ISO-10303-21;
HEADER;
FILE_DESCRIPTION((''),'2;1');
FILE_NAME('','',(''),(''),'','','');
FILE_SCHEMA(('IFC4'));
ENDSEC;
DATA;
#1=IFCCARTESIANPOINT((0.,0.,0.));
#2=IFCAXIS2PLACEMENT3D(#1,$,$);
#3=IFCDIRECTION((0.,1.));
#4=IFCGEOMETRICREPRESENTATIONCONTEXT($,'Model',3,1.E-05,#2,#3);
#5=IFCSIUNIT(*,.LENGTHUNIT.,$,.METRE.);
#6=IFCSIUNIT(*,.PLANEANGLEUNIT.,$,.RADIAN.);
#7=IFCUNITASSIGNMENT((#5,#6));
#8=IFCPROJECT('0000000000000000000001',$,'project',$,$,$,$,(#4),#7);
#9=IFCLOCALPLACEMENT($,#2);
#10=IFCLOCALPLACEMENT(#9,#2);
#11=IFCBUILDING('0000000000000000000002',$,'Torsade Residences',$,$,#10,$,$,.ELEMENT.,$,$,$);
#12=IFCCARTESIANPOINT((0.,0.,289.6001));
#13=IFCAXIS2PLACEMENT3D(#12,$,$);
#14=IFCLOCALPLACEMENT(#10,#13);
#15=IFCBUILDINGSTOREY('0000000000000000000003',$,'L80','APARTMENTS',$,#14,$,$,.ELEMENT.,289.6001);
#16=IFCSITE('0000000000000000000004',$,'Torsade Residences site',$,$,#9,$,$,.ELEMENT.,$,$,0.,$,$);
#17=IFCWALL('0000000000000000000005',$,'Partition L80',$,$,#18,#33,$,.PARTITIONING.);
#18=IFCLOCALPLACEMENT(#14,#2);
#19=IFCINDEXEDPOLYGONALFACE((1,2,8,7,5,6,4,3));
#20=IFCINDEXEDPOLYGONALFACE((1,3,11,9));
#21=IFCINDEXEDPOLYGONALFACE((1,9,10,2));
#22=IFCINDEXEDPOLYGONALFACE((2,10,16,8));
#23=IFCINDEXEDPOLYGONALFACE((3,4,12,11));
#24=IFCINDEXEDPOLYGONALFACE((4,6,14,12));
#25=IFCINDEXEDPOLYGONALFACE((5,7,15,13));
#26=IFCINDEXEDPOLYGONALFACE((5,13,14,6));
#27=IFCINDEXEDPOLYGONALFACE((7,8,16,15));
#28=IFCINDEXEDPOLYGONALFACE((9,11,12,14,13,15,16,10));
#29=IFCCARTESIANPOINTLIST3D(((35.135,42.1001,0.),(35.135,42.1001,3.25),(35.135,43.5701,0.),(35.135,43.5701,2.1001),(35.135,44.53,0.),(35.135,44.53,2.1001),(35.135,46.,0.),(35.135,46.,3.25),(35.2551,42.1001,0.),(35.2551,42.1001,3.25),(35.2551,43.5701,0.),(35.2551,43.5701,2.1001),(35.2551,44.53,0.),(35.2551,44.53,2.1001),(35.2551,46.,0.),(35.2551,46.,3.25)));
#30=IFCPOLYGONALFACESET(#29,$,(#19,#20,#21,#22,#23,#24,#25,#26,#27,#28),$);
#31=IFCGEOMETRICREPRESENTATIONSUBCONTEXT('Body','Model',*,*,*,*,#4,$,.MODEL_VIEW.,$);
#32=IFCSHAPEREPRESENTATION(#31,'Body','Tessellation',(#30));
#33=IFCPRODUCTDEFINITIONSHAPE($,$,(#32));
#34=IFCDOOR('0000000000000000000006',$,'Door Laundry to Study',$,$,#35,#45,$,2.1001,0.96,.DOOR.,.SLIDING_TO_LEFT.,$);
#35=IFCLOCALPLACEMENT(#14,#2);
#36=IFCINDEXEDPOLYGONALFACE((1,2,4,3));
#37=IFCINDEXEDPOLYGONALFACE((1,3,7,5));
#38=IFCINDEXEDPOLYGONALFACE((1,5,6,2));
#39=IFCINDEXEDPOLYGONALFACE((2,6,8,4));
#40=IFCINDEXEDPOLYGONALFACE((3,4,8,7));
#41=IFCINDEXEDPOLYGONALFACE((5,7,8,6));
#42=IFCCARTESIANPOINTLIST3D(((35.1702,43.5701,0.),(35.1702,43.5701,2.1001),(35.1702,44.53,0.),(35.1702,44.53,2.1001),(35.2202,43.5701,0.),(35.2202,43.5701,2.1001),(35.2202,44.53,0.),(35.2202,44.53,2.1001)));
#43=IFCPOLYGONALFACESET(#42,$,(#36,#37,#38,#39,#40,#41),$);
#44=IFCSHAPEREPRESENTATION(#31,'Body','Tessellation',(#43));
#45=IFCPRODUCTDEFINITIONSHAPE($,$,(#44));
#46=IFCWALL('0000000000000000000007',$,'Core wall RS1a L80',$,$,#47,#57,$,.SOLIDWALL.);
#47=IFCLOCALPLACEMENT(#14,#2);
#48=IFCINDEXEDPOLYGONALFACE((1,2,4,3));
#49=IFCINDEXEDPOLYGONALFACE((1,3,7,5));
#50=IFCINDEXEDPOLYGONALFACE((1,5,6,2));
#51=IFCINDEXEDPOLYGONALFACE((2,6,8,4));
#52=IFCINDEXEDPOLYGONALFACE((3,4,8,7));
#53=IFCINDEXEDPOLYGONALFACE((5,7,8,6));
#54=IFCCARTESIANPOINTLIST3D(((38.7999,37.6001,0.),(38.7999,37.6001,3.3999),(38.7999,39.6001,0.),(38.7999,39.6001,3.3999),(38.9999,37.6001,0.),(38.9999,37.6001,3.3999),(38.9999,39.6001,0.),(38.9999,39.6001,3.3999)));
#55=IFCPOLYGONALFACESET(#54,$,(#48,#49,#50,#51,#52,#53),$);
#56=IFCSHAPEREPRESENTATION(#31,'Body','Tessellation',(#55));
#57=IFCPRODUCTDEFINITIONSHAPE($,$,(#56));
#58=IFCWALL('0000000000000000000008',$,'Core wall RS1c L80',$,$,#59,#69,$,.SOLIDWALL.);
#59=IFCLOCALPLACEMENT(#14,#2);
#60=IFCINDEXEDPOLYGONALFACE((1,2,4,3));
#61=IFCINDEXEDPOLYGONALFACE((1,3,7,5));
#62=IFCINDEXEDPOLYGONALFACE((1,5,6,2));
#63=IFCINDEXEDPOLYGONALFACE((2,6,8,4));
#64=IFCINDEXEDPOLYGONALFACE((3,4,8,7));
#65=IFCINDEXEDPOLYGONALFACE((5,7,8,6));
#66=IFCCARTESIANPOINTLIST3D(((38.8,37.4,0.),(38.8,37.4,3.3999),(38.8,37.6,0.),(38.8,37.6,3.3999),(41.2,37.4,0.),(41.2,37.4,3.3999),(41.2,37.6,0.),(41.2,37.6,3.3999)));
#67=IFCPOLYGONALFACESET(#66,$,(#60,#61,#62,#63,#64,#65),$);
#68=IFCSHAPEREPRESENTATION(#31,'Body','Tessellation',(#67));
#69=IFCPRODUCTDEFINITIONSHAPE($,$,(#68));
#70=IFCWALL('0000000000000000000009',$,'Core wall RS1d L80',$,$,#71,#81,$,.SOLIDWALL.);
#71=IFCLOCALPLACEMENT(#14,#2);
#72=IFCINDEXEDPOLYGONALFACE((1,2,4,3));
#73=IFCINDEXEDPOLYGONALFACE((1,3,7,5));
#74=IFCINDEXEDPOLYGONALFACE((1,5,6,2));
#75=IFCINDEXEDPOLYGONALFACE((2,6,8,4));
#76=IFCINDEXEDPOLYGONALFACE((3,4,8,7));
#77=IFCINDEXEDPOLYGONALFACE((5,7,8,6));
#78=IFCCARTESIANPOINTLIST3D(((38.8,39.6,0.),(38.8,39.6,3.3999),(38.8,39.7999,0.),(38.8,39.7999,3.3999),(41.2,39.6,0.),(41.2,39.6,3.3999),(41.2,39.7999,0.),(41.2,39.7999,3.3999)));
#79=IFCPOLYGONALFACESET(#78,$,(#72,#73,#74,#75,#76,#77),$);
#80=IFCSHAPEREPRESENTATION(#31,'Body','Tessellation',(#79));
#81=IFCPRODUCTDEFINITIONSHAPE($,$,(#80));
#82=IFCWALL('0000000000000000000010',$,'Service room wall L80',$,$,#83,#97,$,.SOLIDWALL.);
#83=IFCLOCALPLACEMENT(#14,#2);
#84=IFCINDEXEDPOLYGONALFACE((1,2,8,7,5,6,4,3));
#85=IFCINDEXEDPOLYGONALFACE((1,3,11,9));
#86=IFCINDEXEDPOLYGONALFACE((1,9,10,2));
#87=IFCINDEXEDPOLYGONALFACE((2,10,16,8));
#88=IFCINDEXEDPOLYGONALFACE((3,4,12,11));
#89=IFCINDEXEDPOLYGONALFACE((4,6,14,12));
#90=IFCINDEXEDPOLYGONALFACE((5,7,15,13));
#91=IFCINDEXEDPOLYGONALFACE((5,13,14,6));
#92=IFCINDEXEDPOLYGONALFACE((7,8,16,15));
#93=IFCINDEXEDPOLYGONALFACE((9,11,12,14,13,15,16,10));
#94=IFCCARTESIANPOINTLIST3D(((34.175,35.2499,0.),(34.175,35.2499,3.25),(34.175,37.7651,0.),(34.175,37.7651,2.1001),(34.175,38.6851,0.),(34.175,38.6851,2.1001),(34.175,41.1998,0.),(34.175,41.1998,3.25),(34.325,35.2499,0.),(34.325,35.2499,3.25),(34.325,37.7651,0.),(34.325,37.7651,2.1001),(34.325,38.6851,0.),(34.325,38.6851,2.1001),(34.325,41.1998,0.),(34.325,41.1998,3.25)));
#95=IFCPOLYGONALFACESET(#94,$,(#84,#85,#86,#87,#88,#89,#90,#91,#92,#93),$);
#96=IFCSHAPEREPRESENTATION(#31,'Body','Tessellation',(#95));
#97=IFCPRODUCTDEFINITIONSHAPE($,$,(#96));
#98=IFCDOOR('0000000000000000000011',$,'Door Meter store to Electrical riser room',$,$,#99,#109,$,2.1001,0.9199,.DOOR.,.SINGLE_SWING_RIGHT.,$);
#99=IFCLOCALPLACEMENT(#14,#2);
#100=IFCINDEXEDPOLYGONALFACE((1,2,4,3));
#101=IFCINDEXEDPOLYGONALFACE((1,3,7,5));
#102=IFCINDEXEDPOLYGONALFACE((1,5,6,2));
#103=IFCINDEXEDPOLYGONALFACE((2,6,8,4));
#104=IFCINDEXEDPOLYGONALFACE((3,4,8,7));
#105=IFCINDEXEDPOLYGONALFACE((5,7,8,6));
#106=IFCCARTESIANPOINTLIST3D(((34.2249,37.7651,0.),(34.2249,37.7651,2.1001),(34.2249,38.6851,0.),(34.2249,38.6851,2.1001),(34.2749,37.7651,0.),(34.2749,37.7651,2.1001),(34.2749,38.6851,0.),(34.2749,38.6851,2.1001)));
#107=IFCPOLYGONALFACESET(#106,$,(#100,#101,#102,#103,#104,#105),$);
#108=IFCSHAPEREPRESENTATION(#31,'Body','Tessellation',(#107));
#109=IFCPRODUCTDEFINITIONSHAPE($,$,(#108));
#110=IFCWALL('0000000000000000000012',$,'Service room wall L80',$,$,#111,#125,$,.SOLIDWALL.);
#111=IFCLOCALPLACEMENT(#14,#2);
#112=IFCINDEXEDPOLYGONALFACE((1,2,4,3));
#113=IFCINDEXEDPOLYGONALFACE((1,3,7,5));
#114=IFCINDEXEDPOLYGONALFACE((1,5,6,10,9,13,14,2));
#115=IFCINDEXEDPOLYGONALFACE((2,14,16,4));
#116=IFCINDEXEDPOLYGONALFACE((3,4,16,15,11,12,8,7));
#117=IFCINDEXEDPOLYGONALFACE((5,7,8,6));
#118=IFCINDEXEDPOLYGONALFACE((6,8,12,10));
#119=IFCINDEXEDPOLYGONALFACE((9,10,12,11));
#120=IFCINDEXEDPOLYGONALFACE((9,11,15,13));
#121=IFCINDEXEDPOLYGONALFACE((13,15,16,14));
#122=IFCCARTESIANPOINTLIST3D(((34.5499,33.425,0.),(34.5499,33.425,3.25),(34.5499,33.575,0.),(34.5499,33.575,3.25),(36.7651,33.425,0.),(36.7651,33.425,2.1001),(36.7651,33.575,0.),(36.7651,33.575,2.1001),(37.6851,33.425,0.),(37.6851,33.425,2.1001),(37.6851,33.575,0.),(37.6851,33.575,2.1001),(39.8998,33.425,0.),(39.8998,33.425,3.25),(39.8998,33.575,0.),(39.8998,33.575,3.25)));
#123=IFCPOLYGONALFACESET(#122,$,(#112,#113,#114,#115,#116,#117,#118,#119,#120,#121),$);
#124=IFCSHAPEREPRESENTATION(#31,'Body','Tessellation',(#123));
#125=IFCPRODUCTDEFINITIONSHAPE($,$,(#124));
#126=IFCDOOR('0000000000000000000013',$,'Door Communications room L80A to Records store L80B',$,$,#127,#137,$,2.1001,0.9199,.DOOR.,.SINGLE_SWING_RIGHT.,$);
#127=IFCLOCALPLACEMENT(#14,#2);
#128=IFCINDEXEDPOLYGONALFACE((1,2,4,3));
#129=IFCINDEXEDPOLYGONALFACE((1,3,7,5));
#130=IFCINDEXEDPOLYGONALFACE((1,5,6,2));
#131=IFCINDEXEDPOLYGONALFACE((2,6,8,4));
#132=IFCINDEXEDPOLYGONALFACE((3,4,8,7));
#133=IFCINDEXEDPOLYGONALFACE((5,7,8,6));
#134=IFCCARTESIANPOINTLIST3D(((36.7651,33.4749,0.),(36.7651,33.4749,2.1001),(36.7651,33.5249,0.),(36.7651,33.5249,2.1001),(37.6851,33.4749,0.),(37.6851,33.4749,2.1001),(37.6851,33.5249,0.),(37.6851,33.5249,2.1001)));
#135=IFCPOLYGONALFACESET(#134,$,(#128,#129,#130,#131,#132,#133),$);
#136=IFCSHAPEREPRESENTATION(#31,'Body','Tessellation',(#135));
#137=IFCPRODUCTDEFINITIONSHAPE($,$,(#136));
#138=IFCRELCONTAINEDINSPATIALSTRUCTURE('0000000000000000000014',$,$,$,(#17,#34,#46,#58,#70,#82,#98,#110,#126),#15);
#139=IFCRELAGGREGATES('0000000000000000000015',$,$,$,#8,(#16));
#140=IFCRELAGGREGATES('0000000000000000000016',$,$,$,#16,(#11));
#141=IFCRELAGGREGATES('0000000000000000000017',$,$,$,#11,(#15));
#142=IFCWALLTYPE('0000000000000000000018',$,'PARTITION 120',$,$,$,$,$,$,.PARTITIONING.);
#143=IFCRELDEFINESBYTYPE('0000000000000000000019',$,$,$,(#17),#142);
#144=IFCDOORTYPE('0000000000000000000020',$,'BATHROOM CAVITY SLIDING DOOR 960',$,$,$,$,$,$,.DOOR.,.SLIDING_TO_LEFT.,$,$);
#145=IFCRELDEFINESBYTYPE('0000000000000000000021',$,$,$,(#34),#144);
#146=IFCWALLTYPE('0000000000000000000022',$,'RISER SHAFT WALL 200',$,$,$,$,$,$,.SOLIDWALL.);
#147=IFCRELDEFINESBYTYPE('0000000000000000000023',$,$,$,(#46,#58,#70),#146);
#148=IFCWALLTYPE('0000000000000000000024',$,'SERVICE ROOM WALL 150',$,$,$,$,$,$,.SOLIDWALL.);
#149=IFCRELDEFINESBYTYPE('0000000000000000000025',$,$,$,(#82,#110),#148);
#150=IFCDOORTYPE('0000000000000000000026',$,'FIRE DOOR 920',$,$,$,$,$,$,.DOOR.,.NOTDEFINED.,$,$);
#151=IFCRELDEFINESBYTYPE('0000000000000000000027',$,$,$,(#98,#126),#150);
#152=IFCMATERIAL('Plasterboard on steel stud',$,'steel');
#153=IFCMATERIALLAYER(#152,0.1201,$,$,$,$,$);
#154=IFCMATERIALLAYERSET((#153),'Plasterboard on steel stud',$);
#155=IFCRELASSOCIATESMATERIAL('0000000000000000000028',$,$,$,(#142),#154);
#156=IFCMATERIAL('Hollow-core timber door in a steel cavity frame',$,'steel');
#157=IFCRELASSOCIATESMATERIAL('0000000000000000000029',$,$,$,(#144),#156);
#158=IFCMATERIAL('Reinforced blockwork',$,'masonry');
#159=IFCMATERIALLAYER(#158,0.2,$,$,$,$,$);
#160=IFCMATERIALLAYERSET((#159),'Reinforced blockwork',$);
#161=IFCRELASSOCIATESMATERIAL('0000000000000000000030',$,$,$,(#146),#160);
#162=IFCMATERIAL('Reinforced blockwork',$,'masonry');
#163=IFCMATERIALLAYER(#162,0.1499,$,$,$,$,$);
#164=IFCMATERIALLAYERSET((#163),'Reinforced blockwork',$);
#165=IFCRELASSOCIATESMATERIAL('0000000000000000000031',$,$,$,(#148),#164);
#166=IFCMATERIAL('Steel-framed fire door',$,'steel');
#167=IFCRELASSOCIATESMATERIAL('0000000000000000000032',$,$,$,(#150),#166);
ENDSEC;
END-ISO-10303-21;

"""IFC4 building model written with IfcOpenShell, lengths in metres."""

from ifc_helpers import new_model, si_unit, direction, frame, frame_2d, origin, place, context, subcontext, project, spatial, rectangle, extrude, material, layer, layer_set, type_object, element, fill, save


model = new_model("IFC4")

# Units and contexts
model_context = context("Model", 3, precision=1e-05, world=origin(), true_north=direction((0.0, 1.0)))
body_context = subcontext(model_context, "Body", "Model", "MODEL_VIEW")
ifc_project = project(units=[si_unit("LENGTHUNIT", "METRE"), si_unit("PLANEANGLEUNIT", "RADIAN")], contexts=[model_context])

# Site, building, storey
site_placement = place(None, origin())
site = spatial("IfcSite", under=ifc_project, at=site_placement, Name="Torsade Residences site", CompositionType="ELEMENT", RefElevation=0.0)
building_placement = place(site_placement, origin())
building = spatial("IfcBuilding", under=site, at=building_placement, Name="Torsade Residences", CompositionType="ELEMENT")
storey_placement = place(building_placement, frame((0.0, 0.0, 289.6001)))
storey = spatial("IfcBuildingStorey", under=building, at=storey_placement, Name="L80", Description="APARTMENTS", CompositionType="ELEMENT", Elevation=289.6001)

# Wall, opening, door
ifc_material_1 = material(Name="Plasterboard on steel stud", Category="steel")
ifc_layer_1 = layer(ifc_material_1, 0.1201)
ifc_layer_set_1 = layer_set([ifc_layer_1], Name="Plasterboard on steel stud")
wall_type_1 = type_object("IfcWallType", Name="PARTITION 120", PredefinedType="PARTITIONING", material=ifc_layer_set_1)
wall_1_placement = place(storey_placement, frame((35.1951, 42.1001, 0.0), z_axis=(0.0, 0.0, 1.0), x_axis=(0.0, 1.0, 0.0)))
wall_1 = element("IfcWall", 1, at=wall_1_placement, inside=storey, type_object=wall_type_1, Name="Partition L80", PredefinedType="PARTITIONING", context=body_context, shape_type="SweptSolid", body=[
    extrude(rectangle(XDim=3.8999, YDim=0.1201, at=frame_2d((1.95, 0.0))), origin(), (0.0, 0.0, 1.0), 3.25),
])
opening_1_placement = place(wall_1_placement, frame((1.47, 0.0, 0.0)))
opening_1 = element("IfcOpeningElement", 2, at=opening_1_placement, cuts=wall_1, PredefinedType="OPENING", context=body_context, shape_type="SweptSolid", body=[
    extrude(rectangle(XDim=0.96, YDim=2.1001, at=frame_2d((0.48, 1.05))), frame((0.0, 0.0701, 0.0), z_axis=(0.0, -1.0, 0.0), x_axis=(1.0, 0.0, 0.0)), (0.0, 0.0, 1.0), 0.1401),
])
ifc_material_2 = material(Name="Hollow-core timber door in a steel cavity frame", Category="steel")
door_type_1 = type_object("IfcDoorType", Name="BATHROOM CAVITY SLIDING DOOR 960", OperationType="SLIDING_TO_LEFT", PredefinedType="DOOR", material=ifc_material_2)
door_1_placement = place(opening_1_placement, origin())
door_1 = element("IfcDoor", 3, at=door_1_placement, inside=storey, type_object=door_type_1, Name="Door Laundry to Study", OperationType="SLIDING_TO_LEFT", OverallHeight=2.1001, OverallWidth=0.96, PredefinedType="DOOR", context=body_context, shape_type="SweptSolid", body=[
    extrude(rectangle(XDim=0.96, YDim=2.1001, at=frame_2d((0.48, 1.05))), frame((0.0, 0.0249, 0.0), z_axis=(0.0, -1.0, 0.0), x_axis=(1.0, 0.0, 0.0)), (0.0, 0.0, 1.0), 0.05),
])
fill(opening_1, door_1)

# Walls
ifc_material_3 = material(Name="Reinforced blockwork", Category="masonry")
ifc_layer_2 = layer(ifc_material_3, 0.2)
ifc_layer_set_2 = layer_set([ifc_layer_2], Name="Reinforced blockwork")
wall_type_2 = type_object("IfcWallType", Name="RISER SHAFT WALL 200", PredefinedType="SOLIDWALL", material=ifc_layer_set_2)
wall_2_placement = place(storey_placement, frame((38.8999, 37.6001, 0.0), z_axis=(0.0, 0.0, 1.0), x_axis=(0.0, 1.0, 0.0)))
element("IfcWall", 4, at=wall_2_placement, inside=storey, type_object=wall_type_2, Name="Core wall RS1a L80", PredefinedType="SOLIDWALL", context=body_context, shape_type="SweptSolid", body=[
    extrude(rectangle(XDim=2.0, YDim=0.2, at=frame_2d((1.0, 0.0))), origin(), (0.0, 0.0, 1.0), 3.3999),
])
for number, where, z_axis, x_axis, name in (
    (5, (38.8, 37.5, 0.0), (0.0, 0.0, 1.0), (1.0, 0.0, 0.0), "Core wall RS1c L80"),
    (6, (38.8, 39.7, 0.0), (0.0, 0.0, 1.0), (1.0, 0.0, 0.0), "Core wall RS1d L80"),
):
    element("IfcWall", number, at=place(storey_placement, frame(where, z_axis=z_axis, x_axis=x_axis)), inside=storey, type_object=wall_type_2, Name=name, PredefinedType="SOLIDWALL", context=body_context, shape_type="SweptSolid", body=[
        extrude(rectangle(XDim=2.3999, YDim=0.2, at=frame_2d((1.2, 0.0))), origin(), (0.0, 0.0, 1.0), 3.3999),
    ])

# Walls, openings, doors
ifc_material_4 = material(Name="Reinforced blockwork", Category="masonry")
ifc_layer_3 = layer(ifc_material_4, 0.1499)
ifc_layer_set_3 = layer_set([ifc_layer_3], Name="Reinforced blockwork")
wall_type_3 = type_object("IfcWallType", Name="SERVICE ROOM WALL 150", PredefinedType="SOLIDWALL", material=ifc_layer_set_3)
wall_3_placement = place(storey_placement, frame((34.25, 41.2, 0.0), z_axis=(0.0, 0.0, 1.0), x_axis=(0.0, -1.0, 0.0)))
wall_3 = element("IfcWall", 7, at=wall_3_placement, inside=storey, type_object=wall_type_3, Name="Service room wall L80", PredefinedType="SOLIDWALL", context=body_context, shape_type="SweptSolid", body=[
    extrude(rectangle(XDim=5.95, YDim=0.1499, at=frame_2d((2.9751, 0.0))), origin(), (0.0, 0.0, 1.0), 3.25),
])
opening_2_placement = place(wall_3_placement, frame((2.5149, 0.0, 0.0)))
opening_2 = element("IfcOpeningElement", 8, at=opening_2_placement, cuts=wall_3, PredefinedType="OPENING", context=body_context, shape_type="SweptSolid", body=[
    extrude(rectangle(XDim=0.9199, YDim=2.1001, at=frame_2d((0.46, 1.05))), frame((0.0, 0.085, 0.0), z_axis=(0.0, -1.0, 0.0), x_axis=(1.0, 0.0, 0.0)), (0.0, 0.0, 1.0), 0.1699),
])
ifc_material_5 = material(Name="Steel-framed fire door", Category="steel")
door_type_2 = type_object("IfcDoorType", Name="FIRE DOOR 920", OperationType="NOTDEFINED", PredefinedType="DOOR", material=ifc_material_5)
door_2_placement = place(opening_2_placement, origin())
door_2 = element("IfcDoor", 9, at=door_2_placement, inside=storey, type_object=door_type_2, Name="Door Meter store to Electrical riser room", OperationType="SINGLE_SWING_RIGHT", OverallHeight=2.1001, OverallWidth=0.9199, PredefinedType="DOOR", context=body_context, shape_type="SweptSolid", body=[
    extrude(rectangle(XDim=0.9199, YDim=2.1001, at=frame_2d((0.46, 1.05))), frame((0.0, 0.0249, 0.0), z_axis=(0.0, -1.0, 0.0), x_axis=(1.0, 0.0, 0.0)), (0.0, 0.0, 1.0), 0.05),
])
fill(opening_2, door_2)
wall_4_placement = place(storey_placement, frame((34.55, 33.5, 0.0), z_axis=(0.0, 0.0, 1.0), x_axis=(1.0, 0.0, 0.0)))
wall_4 = element("IfcWall", 10, at=wall_4_placement, inside=storey, type_object=wall_type_3, Name="Service room wall L80", PredefinedType="SOLIDWALL", context=body_context, shape_type="SweptSolid", body=[
    extrude(rectangle(XDim=5.3499, YDim=0.1499, at=frame_2d((2.6748, 0.0))), origin(), (0.0, 0.0, 1.0), 3.25),
])
opening_3_placement = place(wall_4_placement, frame((2.2151, 0.0, 0.0)))
opening_3 = element("IfcOpeningElement", 11, at=opening_3_placement, cuts=wall_4, PredefinedType="OPENING", context=body_context, shape_type="SweptSolid", body=[
    extrude(rectangle(XDim=0.9199, YDim=2.1001, at=frame_2d((0.46, 1.05))), frame((0.0, 0.085, 0.0), z_axis=(0.0, -1.0, 0.0), x_axis=(1.0, 0.0, 0.0)), (0.0, 0.0, 1.0), 0.1699),
])
door_3_placement = place(opening_3_placement, origin())
door_3 = element("IfcDoor", 12, at=door_3_placement, inside=storey, type_object=door_type_2, Name="Door Communications room L80A to Records store L80B", OperationType="SINGLE_SWING_RIGHT", OverallHeight=2.1001, OverallWidth=0.9199, PredefinedType="DOOR", context=body_context, shape_type="SweptSolid", body=[
    extrude(rectangle(XDim=0.9199, YDim=2.1001, at=frame_2d((0.46, 1.05))), frame((0.0, 0.0249, 0.0), z_axis=(0.0, -1.0, 0.0), x_axis=(1.0, 0.0, 0.0)), (0.0, 0.0, 1.0), 0.05),
])
fill(opening_3, door_3)

save(model, "model.ifc")
